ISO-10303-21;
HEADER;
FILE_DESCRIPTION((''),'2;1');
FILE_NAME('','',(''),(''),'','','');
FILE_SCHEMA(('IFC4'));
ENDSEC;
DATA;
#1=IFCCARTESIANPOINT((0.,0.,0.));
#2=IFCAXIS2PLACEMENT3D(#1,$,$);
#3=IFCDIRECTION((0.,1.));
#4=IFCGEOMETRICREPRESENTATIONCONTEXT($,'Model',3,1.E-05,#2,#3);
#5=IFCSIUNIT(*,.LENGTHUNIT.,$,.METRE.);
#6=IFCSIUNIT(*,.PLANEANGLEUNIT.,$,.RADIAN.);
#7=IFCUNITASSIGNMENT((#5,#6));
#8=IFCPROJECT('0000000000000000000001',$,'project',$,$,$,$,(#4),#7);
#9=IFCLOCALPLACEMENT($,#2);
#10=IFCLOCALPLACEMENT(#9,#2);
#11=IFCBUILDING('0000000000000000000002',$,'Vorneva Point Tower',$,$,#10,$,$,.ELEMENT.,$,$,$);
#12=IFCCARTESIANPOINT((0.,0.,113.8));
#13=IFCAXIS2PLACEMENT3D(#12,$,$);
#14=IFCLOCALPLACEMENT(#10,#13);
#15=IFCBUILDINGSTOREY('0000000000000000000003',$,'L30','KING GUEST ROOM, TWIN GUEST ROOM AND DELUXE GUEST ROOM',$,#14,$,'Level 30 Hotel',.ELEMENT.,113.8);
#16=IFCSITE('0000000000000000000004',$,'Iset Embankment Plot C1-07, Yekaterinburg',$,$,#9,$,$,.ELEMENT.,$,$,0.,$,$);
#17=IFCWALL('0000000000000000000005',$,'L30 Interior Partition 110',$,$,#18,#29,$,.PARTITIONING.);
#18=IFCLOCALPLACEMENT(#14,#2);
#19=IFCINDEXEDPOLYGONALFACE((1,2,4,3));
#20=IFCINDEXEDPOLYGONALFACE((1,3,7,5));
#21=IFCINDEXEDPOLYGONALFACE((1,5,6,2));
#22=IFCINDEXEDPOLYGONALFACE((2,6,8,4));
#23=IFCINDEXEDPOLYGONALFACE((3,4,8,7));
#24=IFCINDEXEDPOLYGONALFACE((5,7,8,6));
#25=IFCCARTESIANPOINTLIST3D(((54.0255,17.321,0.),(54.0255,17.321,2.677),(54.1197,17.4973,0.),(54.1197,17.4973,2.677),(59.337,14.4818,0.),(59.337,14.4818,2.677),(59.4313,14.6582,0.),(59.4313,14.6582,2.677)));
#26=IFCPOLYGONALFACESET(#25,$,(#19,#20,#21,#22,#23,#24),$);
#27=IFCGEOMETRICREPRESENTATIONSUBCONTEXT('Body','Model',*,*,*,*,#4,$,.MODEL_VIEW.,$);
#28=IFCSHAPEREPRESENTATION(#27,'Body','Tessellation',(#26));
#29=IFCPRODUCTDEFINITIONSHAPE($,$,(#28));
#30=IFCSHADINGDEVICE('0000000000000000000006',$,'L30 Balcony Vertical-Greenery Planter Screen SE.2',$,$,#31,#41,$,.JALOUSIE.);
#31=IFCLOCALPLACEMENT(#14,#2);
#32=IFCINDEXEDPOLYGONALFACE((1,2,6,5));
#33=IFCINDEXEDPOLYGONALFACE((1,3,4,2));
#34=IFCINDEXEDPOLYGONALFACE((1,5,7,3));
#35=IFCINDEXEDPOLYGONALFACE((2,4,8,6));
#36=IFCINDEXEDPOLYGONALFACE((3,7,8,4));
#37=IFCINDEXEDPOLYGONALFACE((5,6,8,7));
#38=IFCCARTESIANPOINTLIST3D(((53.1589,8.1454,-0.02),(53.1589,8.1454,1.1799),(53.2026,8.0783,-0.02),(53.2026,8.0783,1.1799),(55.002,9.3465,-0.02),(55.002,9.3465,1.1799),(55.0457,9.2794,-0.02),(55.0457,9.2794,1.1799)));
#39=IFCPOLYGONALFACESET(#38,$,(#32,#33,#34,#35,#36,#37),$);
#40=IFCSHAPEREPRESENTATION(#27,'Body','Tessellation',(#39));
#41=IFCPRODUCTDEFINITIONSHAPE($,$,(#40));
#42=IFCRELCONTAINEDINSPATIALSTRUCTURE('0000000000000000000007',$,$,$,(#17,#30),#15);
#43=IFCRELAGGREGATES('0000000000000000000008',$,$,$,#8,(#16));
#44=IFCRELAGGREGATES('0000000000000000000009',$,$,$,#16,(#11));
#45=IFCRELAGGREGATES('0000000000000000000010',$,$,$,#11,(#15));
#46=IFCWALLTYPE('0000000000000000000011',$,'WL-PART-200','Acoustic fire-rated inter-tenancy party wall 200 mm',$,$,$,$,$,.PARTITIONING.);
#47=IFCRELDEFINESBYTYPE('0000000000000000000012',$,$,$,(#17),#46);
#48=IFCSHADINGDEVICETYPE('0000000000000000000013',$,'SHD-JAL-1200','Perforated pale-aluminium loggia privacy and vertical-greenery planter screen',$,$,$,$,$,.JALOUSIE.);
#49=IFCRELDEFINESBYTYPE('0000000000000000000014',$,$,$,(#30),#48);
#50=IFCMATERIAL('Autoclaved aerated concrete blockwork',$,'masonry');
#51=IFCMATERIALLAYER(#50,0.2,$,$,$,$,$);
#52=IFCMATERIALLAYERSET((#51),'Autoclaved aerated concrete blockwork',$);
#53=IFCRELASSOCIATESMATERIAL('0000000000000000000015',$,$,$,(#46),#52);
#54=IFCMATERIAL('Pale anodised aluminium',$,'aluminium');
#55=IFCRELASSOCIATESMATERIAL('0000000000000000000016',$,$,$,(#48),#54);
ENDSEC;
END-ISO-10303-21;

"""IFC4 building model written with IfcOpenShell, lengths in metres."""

from ifc_helpers import new_model, si_unit, direction, frame, frame_2d, origin, origin_2d, place, context, subcontext, project, spatial, rectangle, extrude, material, layer, layer_set, type_object, element, save


model = new_model("IFC4")

# Units and contexts
model_context = context("Model", 3, precision=1e-05, world=origin(), true_north=direction((0.0, 1.0)))
body_context = subcontext(model_context, "Body", "Model", "MODEL_VIEW")
ifc_project = project(units=[si_unit("LENGTHUNIT", "METRE"), si_unit("PLANEANGLEUNIT", "RADIAN")], contexts=[model_context])

# Site, building, storey
site_placement = place(None, origin())
site = spatial("IfcSite", under=ifc_project, at=site_placement, Name="Iset Embankment Plot C1-07, Yekaterinburg", CompositionType="ELEMENT", RefElevation=0.0)
building_placement = place(site_placement, origin())
building = spatial("IfcBuilding", under=site, at=building_placement, Name="Vorneva Point Tower", CompositionType="ELEMENT")
storey_placement = place(building_placement, frame((0.0, 0.0, 113.8)))
storey = spatial("IfcBuildingStorey", under=building, at=storey_placement, Name="L30", Description="KING GUEST ROOM, TWIN GUEST ROOM AND DELUXE GUEST ROOM", LongName="Level 30 Hotel", CompositionType="ELEMENT", Elevation=113.8)

# Shared definitions
ifc_material_1 = material(Name="Pale anodised aluminium", Category="aluminium")

# Wall
ifc_material_2 = material(Name="Autoclaved aerated concrete blockwork", Category="masonry")
ifc_layer_1 = layer(ifc_material_2, 0.2)
ifc_layer_set_1 = layer_set([ifc_layer_1], Name="Autoclaved aerated concrete blockwork")
wall_type_1 = type_object("IfcWallType", Name="WL-PART-200", Description="Acoustic fire-rated inter-tenancy party wall 200 mm", PredefinedType="PARTITIONING", material=ifc_layer_set_1)
wall_1_placement = place(storey_placement, frame((59.384, 14.5701, 0.0), z_axis=(0.0, 0.0, 1.0), x_axis=(-0.881918, 0.471402, 0.0)))
element("IfcWall", 1, at=wall_1_placement, inside=storey, type_object=wall_type_1, Name="L30 Interior Partition 110", PredefinedType="PARTITIONING", context=body_context, shape_type="SweptSolid", body=[
    extrude(rectangle(XDim=6.0227, YDim=0.2, at=frame_2d((3.0112, 0.0))), origin(), (0.0, 0.0, 1.0), 2.677),
])

# Shading device
shading_device_type = type_object("IfcShadingDeviceType", Name="SHD-JAL-1200", Description="Perforated pale-aluminium loggia privacy and vertical-greenery planter screen", PredefinedType="JALOUSIE", material=ifc_material_1)
shading_device_placement = place(storey_placement, frame((54.1023, 8.7124, -0.02), z_axis=(0.0, 0.0, 1.0), x_axis=(0.837785, 0.546, 0.0)))
element("IfcShadingDevice", 2, at=shading_device_placement, inside=storey, type_object=shading_device_type, Name="L30 Balcony Vertical-Greenery Planter Screen SE.2", PredefinedType="JALOUSIE", context=body_context, shape_type="SweptSolid", body=[
    extrude(rectangle(XDim=2.2, YDim=0.0801, at=origin_2d()), origin(), (0.0, 0.0, 1.0), 1.2),
])

save(model, "model.ifc")
